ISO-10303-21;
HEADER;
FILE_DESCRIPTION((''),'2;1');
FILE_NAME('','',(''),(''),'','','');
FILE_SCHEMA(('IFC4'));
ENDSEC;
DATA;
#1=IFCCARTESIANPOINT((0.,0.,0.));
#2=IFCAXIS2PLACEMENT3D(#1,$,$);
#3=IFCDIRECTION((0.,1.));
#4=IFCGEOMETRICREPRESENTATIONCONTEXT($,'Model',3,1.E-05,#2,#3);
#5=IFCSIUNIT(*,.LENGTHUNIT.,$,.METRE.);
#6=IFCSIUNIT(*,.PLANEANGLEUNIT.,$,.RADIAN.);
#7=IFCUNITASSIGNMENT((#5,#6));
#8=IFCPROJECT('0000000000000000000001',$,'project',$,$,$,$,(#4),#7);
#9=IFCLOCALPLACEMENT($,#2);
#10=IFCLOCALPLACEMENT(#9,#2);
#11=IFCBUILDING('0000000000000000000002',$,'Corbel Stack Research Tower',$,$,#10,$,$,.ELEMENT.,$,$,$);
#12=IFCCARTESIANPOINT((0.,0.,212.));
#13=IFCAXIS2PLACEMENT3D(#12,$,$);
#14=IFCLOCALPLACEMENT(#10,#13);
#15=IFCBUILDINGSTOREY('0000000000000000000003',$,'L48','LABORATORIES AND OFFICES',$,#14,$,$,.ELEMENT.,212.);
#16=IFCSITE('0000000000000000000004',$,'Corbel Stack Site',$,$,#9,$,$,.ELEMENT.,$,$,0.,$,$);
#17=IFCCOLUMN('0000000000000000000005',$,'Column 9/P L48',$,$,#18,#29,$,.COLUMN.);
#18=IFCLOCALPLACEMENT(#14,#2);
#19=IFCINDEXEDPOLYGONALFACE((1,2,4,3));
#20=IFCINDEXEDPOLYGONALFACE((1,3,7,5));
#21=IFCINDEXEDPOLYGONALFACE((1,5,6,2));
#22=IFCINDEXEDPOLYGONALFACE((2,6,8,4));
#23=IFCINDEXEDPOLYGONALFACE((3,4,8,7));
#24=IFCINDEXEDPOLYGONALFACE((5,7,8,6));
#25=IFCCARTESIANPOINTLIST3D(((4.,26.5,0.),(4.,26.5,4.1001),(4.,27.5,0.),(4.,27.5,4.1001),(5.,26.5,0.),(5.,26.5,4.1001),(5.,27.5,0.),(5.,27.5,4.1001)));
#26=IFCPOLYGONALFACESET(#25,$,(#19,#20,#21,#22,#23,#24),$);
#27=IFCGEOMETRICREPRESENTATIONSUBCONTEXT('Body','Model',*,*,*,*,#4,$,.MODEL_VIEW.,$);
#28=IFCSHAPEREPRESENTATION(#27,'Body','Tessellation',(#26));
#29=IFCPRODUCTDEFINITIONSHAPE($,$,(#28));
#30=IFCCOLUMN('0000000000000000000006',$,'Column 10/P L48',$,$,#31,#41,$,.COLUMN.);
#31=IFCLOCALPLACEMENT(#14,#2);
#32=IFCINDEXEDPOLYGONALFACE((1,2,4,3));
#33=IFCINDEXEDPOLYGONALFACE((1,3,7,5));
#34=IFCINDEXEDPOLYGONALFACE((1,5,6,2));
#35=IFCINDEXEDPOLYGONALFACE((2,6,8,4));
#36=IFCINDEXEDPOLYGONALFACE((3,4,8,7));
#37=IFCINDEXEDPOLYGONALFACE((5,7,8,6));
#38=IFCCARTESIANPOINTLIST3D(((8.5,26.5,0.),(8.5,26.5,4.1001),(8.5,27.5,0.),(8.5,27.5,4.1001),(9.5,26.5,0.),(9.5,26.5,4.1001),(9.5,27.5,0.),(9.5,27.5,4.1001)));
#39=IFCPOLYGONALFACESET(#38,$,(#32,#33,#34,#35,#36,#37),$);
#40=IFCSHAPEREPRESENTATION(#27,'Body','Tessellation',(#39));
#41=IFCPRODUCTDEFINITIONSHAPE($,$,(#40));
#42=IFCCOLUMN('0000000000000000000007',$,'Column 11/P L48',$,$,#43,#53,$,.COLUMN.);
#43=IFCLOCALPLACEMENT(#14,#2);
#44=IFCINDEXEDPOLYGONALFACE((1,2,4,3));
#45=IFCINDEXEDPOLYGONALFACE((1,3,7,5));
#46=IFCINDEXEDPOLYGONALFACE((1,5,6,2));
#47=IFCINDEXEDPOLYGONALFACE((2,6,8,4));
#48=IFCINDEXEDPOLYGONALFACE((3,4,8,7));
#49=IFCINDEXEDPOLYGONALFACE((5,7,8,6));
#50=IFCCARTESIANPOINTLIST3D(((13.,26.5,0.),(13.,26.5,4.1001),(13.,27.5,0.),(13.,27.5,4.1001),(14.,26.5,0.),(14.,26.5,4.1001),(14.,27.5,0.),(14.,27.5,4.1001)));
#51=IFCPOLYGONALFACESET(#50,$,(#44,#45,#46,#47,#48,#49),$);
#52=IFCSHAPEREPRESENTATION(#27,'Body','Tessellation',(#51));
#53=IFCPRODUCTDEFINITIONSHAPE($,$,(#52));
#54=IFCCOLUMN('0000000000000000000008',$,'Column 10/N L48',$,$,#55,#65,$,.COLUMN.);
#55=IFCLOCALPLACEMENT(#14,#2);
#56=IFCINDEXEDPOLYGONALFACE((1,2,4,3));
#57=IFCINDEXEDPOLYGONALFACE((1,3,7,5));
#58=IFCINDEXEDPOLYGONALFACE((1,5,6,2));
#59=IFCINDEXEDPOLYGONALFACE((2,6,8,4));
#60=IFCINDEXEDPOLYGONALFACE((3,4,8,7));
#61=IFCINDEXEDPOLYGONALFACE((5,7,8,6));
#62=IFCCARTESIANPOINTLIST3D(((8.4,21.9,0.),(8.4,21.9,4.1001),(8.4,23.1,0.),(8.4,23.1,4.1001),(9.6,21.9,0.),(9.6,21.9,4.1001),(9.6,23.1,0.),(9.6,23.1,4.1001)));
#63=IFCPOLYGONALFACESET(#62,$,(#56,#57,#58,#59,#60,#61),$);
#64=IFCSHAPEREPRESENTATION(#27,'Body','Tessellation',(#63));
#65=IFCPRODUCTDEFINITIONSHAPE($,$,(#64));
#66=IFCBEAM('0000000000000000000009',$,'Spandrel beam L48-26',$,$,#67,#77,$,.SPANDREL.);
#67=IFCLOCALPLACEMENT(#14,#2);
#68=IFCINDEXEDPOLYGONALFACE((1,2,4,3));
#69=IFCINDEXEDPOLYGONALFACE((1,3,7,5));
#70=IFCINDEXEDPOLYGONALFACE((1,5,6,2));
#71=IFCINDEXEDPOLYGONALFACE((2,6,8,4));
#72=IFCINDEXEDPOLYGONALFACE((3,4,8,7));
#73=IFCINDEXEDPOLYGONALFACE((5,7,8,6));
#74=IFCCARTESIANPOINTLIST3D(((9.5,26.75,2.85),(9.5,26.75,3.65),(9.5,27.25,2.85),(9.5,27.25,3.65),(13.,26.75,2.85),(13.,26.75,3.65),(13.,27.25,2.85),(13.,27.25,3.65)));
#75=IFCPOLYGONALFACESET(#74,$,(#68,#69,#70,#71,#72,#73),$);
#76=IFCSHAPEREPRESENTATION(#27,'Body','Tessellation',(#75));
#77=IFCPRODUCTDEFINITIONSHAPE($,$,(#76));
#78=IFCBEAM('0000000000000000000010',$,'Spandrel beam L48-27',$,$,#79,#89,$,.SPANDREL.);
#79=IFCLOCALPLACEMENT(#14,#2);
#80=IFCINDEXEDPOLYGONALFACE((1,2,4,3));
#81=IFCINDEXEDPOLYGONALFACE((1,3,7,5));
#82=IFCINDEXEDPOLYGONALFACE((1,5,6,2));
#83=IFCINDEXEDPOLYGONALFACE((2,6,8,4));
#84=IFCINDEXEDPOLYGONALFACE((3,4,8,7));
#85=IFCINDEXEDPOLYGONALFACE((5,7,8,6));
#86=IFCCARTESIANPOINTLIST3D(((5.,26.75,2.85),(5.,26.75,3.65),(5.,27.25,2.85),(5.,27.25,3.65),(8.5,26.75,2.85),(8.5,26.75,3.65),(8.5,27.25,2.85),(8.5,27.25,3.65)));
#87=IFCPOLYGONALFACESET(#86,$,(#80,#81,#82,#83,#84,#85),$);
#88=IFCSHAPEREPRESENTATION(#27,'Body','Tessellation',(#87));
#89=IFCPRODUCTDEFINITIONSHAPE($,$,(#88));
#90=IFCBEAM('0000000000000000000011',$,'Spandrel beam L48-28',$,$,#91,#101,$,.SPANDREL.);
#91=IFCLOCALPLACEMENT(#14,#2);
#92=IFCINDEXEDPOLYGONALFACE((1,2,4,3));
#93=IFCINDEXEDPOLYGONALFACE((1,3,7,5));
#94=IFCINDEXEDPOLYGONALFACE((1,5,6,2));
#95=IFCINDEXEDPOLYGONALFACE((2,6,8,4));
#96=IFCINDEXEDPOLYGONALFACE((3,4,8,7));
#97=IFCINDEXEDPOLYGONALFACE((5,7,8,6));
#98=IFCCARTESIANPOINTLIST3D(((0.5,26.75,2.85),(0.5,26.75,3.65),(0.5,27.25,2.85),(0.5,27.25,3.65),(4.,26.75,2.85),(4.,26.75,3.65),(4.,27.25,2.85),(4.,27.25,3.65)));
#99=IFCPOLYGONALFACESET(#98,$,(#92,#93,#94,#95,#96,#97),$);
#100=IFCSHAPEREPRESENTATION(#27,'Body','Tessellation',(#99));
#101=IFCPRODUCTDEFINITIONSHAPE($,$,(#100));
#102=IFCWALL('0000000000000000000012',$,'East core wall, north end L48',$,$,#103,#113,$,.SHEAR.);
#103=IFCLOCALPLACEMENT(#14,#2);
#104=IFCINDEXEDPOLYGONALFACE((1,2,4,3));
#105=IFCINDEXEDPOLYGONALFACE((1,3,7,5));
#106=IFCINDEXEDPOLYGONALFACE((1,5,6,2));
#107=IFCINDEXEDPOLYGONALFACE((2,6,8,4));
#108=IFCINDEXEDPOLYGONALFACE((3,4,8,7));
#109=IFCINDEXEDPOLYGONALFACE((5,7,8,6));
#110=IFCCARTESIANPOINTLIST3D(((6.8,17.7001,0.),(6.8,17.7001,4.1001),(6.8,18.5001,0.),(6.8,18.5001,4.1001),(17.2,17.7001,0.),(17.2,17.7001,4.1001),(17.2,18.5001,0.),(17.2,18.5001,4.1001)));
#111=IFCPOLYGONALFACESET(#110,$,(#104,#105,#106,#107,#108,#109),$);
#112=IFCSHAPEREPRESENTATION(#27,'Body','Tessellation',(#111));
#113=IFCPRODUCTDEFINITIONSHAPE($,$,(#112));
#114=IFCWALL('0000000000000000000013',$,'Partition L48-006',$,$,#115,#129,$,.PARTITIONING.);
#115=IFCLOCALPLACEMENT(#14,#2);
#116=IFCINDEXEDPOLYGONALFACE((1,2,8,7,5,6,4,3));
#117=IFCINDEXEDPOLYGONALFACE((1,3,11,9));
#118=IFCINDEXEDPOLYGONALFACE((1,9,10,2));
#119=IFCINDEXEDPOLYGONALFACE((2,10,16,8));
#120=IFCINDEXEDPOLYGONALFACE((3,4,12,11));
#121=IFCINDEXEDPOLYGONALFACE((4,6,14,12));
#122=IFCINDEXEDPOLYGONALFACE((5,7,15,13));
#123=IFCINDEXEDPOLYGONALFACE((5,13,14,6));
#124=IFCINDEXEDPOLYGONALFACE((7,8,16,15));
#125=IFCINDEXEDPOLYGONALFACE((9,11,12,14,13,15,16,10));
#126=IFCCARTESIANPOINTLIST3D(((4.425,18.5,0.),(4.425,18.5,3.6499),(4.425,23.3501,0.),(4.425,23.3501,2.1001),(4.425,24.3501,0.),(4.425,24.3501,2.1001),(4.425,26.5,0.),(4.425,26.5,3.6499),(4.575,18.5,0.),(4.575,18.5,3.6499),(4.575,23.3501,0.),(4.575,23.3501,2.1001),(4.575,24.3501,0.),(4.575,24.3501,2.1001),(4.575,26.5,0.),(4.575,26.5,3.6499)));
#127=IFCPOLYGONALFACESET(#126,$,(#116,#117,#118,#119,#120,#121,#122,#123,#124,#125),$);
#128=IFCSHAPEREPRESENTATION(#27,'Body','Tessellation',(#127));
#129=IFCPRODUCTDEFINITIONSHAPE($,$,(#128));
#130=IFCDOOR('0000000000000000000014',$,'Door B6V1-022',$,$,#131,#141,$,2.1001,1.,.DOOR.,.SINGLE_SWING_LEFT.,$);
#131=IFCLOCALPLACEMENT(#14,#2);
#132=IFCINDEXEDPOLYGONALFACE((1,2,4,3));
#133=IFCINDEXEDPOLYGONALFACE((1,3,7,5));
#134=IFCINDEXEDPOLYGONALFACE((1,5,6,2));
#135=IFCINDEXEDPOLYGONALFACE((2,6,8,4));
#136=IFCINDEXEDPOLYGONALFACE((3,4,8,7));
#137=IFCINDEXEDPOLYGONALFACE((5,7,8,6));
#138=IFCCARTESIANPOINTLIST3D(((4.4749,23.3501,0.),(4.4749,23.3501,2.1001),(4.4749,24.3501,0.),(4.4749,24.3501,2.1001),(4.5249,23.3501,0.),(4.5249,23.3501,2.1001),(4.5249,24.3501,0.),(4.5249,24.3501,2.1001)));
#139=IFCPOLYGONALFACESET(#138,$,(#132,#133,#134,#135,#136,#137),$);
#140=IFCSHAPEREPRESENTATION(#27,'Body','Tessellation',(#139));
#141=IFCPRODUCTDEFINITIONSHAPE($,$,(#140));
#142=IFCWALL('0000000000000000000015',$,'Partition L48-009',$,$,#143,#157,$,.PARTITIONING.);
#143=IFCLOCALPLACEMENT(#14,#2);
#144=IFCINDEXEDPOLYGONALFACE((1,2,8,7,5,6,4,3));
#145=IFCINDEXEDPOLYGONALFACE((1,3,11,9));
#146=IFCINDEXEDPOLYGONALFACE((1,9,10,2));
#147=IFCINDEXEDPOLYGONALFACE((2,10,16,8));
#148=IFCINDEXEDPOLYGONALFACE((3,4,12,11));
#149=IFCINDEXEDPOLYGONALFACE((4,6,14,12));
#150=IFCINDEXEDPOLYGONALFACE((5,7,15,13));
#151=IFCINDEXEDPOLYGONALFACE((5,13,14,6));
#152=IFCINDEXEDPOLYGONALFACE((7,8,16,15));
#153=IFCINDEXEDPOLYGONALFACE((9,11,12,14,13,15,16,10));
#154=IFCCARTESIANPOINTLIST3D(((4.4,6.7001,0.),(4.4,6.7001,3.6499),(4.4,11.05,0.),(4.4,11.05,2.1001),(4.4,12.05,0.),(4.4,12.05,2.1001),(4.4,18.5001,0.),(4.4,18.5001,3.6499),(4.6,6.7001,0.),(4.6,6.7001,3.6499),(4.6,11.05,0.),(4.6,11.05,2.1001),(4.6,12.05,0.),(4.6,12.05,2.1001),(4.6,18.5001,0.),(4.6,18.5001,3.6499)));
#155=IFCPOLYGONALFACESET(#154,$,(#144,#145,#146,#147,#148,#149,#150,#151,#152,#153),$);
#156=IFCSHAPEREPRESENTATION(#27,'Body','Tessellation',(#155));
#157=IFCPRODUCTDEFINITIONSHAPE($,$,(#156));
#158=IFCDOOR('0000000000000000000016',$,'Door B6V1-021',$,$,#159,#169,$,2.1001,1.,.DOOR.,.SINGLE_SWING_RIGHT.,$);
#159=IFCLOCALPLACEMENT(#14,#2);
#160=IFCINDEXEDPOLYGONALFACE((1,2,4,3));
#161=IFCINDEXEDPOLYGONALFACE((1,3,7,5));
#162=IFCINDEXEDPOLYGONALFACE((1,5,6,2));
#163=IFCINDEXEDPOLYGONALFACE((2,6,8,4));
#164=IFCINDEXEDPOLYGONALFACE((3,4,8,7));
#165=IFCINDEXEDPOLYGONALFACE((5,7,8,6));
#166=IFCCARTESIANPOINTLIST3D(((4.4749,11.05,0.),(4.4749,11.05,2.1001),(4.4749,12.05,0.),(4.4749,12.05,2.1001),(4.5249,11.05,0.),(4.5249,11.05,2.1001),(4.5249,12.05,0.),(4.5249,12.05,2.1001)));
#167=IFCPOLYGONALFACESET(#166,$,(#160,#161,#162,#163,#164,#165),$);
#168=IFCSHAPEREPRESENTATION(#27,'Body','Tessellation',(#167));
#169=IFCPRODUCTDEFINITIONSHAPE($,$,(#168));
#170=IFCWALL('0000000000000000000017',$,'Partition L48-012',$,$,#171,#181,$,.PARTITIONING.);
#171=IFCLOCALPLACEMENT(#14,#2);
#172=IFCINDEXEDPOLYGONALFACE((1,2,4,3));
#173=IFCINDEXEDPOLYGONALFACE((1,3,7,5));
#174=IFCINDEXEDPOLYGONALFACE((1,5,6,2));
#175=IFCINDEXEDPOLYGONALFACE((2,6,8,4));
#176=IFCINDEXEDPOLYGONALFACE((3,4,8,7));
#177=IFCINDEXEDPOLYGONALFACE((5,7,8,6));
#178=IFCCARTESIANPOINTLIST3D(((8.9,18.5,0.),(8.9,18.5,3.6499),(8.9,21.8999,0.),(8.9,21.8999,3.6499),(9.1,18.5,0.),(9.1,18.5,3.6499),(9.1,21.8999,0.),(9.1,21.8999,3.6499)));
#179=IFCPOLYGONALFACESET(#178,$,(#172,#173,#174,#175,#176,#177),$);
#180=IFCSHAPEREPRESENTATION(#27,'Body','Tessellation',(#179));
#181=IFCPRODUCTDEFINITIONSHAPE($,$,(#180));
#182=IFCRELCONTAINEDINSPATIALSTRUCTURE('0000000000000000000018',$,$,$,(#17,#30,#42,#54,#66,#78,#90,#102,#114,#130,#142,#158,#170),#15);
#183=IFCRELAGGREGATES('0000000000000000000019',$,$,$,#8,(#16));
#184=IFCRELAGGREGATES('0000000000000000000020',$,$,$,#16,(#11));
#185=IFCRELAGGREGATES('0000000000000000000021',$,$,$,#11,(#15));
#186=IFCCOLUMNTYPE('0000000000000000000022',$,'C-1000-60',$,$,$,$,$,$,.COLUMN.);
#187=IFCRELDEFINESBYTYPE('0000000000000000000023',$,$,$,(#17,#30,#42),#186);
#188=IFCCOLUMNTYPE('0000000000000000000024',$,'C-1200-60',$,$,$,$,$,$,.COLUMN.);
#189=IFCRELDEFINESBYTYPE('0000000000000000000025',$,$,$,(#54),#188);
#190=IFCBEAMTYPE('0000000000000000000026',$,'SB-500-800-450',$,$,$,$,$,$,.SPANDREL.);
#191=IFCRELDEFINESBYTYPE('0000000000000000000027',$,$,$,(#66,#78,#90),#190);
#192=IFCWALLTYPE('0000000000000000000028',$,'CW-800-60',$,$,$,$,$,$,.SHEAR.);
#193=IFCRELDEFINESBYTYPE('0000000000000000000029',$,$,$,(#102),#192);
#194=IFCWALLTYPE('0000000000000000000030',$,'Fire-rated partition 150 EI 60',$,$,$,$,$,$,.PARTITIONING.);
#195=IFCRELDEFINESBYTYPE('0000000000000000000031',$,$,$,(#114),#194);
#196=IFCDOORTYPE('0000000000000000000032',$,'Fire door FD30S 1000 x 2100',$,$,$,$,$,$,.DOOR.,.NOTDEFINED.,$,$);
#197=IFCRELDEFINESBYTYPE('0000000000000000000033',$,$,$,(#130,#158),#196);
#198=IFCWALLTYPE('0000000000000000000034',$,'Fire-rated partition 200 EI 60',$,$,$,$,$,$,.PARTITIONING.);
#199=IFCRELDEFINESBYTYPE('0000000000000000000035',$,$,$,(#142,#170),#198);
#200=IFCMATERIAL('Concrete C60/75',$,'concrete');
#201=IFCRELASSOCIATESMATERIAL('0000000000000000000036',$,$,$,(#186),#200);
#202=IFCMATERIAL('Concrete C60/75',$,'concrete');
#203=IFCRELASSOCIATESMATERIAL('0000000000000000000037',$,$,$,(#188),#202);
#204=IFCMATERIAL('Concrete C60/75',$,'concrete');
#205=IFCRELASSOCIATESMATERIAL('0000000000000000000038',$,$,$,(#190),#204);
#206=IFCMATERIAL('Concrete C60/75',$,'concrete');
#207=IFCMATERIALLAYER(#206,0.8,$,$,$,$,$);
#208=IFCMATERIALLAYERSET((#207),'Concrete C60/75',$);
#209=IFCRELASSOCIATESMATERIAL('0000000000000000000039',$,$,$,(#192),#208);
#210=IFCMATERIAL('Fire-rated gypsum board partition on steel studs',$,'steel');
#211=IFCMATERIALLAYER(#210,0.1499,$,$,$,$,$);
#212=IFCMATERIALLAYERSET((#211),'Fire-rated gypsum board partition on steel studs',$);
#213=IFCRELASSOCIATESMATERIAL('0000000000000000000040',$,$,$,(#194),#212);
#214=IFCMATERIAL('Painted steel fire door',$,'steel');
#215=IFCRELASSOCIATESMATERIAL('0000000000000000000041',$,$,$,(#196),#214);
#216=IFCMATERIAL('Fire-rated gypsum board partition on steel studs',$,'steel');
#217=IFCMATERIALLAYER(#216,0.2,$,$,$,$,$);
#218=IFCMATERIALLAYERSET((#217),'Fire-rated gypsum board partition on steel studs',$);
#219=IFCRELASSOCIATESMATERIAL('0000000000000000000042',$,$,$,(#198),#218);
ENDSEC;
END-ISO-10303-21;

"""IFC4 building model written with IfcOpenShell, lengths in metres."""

from ifc_helpers import new_model, si_unit, direction, frame, frame_2d, origin, origin_2d, place, context, subcontext, project, spatial, rectangle, extrude, material, layer, layer_set, material_profile, profile_set, type_object, element, fill, save


model = new_model("IFC4")

# Units and contexts
model_context = context("Model", 3, precision=1e-05, world=origin(), true_north=direction((0.0, 1.0)))
body_context = subcontext(model_context, "Body", "Model", "MODEL_VIEW")
ifc_project = project(units=[si_unit("LENGTHUNIT", "METRE"), si_unit("PLANEANGLEUNIT", "RADIAN")], contexts=[model_context])

# Site, building, storey
site_placement = place(None, origin())
site = spatial("IfcSite", under=ifc_project, at=site_placement, Name="Corbel Stack Site", CompositionType="ELEMENT", RefElevation=0.0)
building_placement = place(site_placement, origin())
building = spatial("IfcBuilding", under=site, at=building_placement, Name="Corbel Stack Research Tower", CompositionType="ELEMENT")
storey_placement = place(building_placement, frame((0.0, 0.0, 212.0)))
storey = spatial("IfcBuildingStorey", under=building, at=storey_placement, Name="L48", Description="LABORATORIES AND OFFICES", CompositionType="ELEMENT", Elevation=212.0)

# Columns
ifc_material_1 = material(Name="Concrete C60/75", Category="concrete")
ifc_material_profile_1 = material_profile(ifc_material_1, rectangle(XDim=1.0, YDim=1.0, at=origin_2d()), Name="RC 1000 x 1000")
ifc_profile_set_1 = profile_set([ifc_material_profile_1], Name="Concrete C60/75")
column_type_1 = type_object("IfcColumnType", Name="C-1000-60", PredefinedType="COLUMN", material=ifc_profile_set_1)
for number, where, z_axis, x_axis, name in (
    (1, (4.5, 27.0, 0.0), (0.0, 0.0, 1.0), (1.0, 0.0, 0.0), "Column 9/P L48"),
    (2, (9.0, 27.0, 0.0), (0.0, 0.0, 1.0), (1.0, 0.0, 0.0), "Column 10/P L48"),
    (3, (13.5, 27.0, 0.0), (0.0, 0.0, 1.0), (1.0, 0.0, 0.0), "Column 11/P L48"),
):
    element("IfcColumn", number, at=place(storey_placement, frame(where, z_axis=z_axis, x_axis=x_axis)), inside=storey, type_object=column_type_1, Name=name, PredefinedType="COLUMN", context=body_context, shape_type="SweptSolid", body=[
        extrude(rectangle(XDim=1.0, YDim=1.0, at=origin_2d()), origin(), (0.0, 0.0, 1.0), 4.1001),
    ])
ifc_material_2 = material(Name="Concrete C60/75", Category="concrete")
ifc_material_profile_2 = material_profile(ifc_material_2, rectangle(XDim=1.2, YDim=1.2, at=origin_2d()), Name="RC 1200 x 1200")
ifc_profile_set_2 = profile_set([ifc_material_profile_2], Name="Concrete C60/75")
column_type_2 = type_object("IfcColumnType", Name="C-1200-60", PredefinedType="COLUMN", material=ifc_profile_set_2)
column_placement = place(storey_placement, frame((9.0, 22.5, 0.0), z_axis=(0.0, 0.0, 1.0), x_axis=(1.0, 0.0, 0.0)))
element("IfcColumn", 4, at=column_placement, inside=storey, type_object=column_type_2, Name="Column 10/N L48", PredefinedType="COLUMN", context=body_context, shape_type="SweptSolid", body=[
    extrude(rectangle(XDim=1.2, YDim=1.2, at=origin_2d()), origin(), (0.0, 0.0, 1.0), 4.1001),
])

# Beams
ifc_material_3 = material(Name="Concrete C60/75", Category="concrete")
ifc_material_profile_3 = material_profile(ifc_material_3, rectangle(XDim=0.5, YDim=0.8, at=origin_2d()), Name="RC 500 x 800")
ifc_profile_set_3 = profile_set([ifc_material_profile_3], Name="Concrete C60/75")
beam_type = type_object("IfcBeamType", Name="SB-500-800-450", PredefinedType="SPANDREL", material=ifc_profile_set_3)
for number, where, z_axis, x_axis, name in (
    (5, (13.0, 27.0, 3.25), (-1.0, 0.0, 0.0), (0.0, -1.0, 0.0), "Spandrel beam L48-26"),
    (6, (8.5, 27.0, 3.25), (-1.0, 0.0, 0.0), (0.0, -1.0, 0.0), "Spandrel beam L48-27"),
    (7, (4.0, 27.0, 3.25), (-1.0, 0.0, 0.0), (0.0, -1.0, 0.0), "Spandrel beam L48-28"),
):
    element("IfcBeam", number, at=place(storey_placement, frame(where, z_axis=z_axis, x_axis=x_axis)), inside=storey, type_object=beam_type, Name=name, PredefinedType="SPANDREL", context=body_context, shape_type="SweptSolid", body=[
        extrude(rectangle(XDim=0.5, YDim=0.8, at=origin_2d()), origin(), (0.0, 0.0, 1.0), 3.5),
    ])

# Wall
ifc_material_4 = material(Name="Concrete C60/75", Category="concrete")
ifc_layer_1 = layer(ifc_material_4, 0.8)
ifc_layer_set_1 = layer_set([ifc_layer_1], Name="Concrete C60/75")
wall_type_1 = type_object("IfcWallType", Name="CW-800-60", PredefinedType="SHEAR", material=ifc_layer_set_1)
wall_1_placement = place(storey_placement, frame((6.8, 18.1001, 0.0), z_axis=(0.0, 0.0, 1.0), x_axis=(1.0, 0.0, 0.0)))
element("IfcWall", 8, at=wall_1_placement, inside=storey, type_object=wall_type_1, Name="East core wall, north end L48", PredefinedType="SHEAR", context=body_context, shape_type="SweptSolid", body=[
    extrude(rectangle(XDim=10.3999, YDim=0.8, at=frame_2d((5.2, 0.0))), origin(), (0.0, 0.0, 1.0), 4.1001),
])

# Walls, openings, doors
ifc_material_5 = material(Name="Fire-rated gypsum board partition on steel studs", Category="steel")
ifc_layer_2 = layer(ifc_material_5, 0.1499)
ifc_layer_set_2 = layer_set([ifc_layer_2], Name="Fire-rated gypsum board partition on steel studs")
wall_type_2 = type_object("IfcWallType", Name="Fire-rated partition 150 EI 60", PredefinedType="PARTITIONING", material=ifc_layer_set_2)
wall_2_placement = place(storey_placement, frame((4.5, 26.5, 0.0), z_axis=(0.0, 0.0, 1.0), x_axis=(0.0, -1.0, 0.0)))
wall_2 = element("IfcWall", 9, at=wall_2_placement, inside=storey, type_object=wall_type_2, Name="Partition L48-006", PredefinedType="PARTITIONING", context=body_context, shape_type="SweptSolid", body=[
    extrude(rectangle(XDim=8.0, YDim=0.1499, at=frame_2d((4.0, 0.0))), origin(), (0.0, 0.0, 1.0), 3.6499),
])
opening_1_placement = place(wall_2_placement, frame((2.1499, 0.0, 0.0)))
opening_1 = element("IfcOpeningElement", 10, at=opening_1_placement, cuts=wall_2, PredefinedType="OPENING", context=body_context, shape_type="SweptSolid", body=[
    extrude(rectangle(XDim=1.0, YDim=2.1001, at=frame_2d((0.5, 1.05))), frame((0.0, 0.085, 0.0), z_axis=(0.0, -1.0, 0.0), x_axis=(1.0, 0.0, 0.0)), (0.0, 0.0, 1.0), 0.1699),
])
ifc_material_6 = material(Name="Painted steel fire door", Category="steel")
door_type = type_object("IfcDoorType", Name="Fire door FD30S 1000 x 2100", OperationType="NOTDEFINED", PredefinedType="DOOR", material=ifc_material_6)
door_1_placement = place(opening_1_placement, origin())
door_1 = element("IfcDoor", 11, at=door_1_placement, inside=storey, type_object=door_type, Name="Door B6V1-022", OperationType="SINGLE_SWING_LEFT", OverallHeight=2.1001, OverallWidth=1.0, PredefinedType="DOOR", context=body_context, shape_type="SweptSolid", body=[
    extrude(rectangle(XDim=1.0, YDim=2.1001, at=frame_2d((0.5, 1.05))), frame((0.0, 0.0249, 0.0), z_axis=(0.0, -1.0, 0.0), x_axis=(1.0, 0.0, 0.0)), (0.0, 0.0, 1.0), 0.05),
])
fill(opening_1, door_1)
ifc_material_7 = material(Name="Fire-rated gypsum board partition on steel studs", Category="steel")
ifc_layer_3 = layer(ifc_material_7, 0.2)
ifc_layer_set_3 = layer_set([ifc_layer_3], Name="Fire-rated gypsum board partition on steel studs")
wall_type_3 = type_object("IfcWallType", Name="Fire-rated partition 200 EI 60", PredefinedType="PARTITIONING", material=ifc_layer_set_3)
wall_3_placement = place(storey_placement, frame((4.5, 18.5, 0.0), z_axis=(0.0, 0.0, 1.0), x_axis=(0.0, -1.0, 0.0)))
wall_3 = element("IfcWall", 12, at=wall_3_placement, inside=storey, type_object=wall_type_3, Name="Partition L48-009", PredefinedType="PARTITIONING", context=body_context, shape_type="SweptSolid", body=[
    extrude(rectangle(XDim=11.8, YDim=0.2, at=frame_2d((5.8999, 0.0))), origin(), (0.0, 0.0, 1.0), 3.6499),
])
opening_2_placement = place(wall_3_placement, frame((6.45, 0.0, 0.0)))
opening_2 = element("IfcOpeningElement", 13, at=opening_2_placement, cuts=wall_3, PredefinedType="OPENING", context=body_context, shape_type="SweptSolid", body=[
    extrude(rectangle(XDim=1.0, YDim=2.1001, at=frame_2d((0.5, 1.05))), frame((0.0, 0.1099, 0.0), z_axis=(0.0, -1.0, 0.0), x_axis=(1.0, 0.0, 0.0)), (0.0, 0.0, 1.0), 0.22),
])
door_2_placement = place(opening_2_placement, origin())
door_2 = element("IfcDoor", 14, at=door_2_placement, inside=storey, type_object=door_type, Name="Door B6V1-021", OperationType="SINGLE_SWING_RIGHT", OverallHeight=2.1001, OverallWidth=1.0, PredefinedType="DOOR", context=body_context, shape_type="SweptSolid", body=[
    extrude(rectangle(XDim=1.0, YDim=2.1001, at=frame_2d((0.5, 1.05))), frame((0.0, 0.0249, 0.0), z_axis=(0.0, -1.0, 0.0), x_axis=(1.0, 0.0, 0.0)), (0.0, 0.0, 1.0), 0.05),
])
fill(opening_2, door_2)

# Wall
for number, where, z_axis, x_axis, name in (
    (15, (9.0, 18.5, 0.0), (0.0, 0.0, 1.0), (0.0, 1.0, 0.0), "Partition L48-012"),
):
    element("IfcWall", number, at=place(storey_placement, frame(where, z_axis=z_axis, x_axis=x_axis)), inside=storey, type_object=wall_type_3, Name=name, PredefinedType="PARTITIONING", context=body_context, shape_type="SweptSolid", body=[
        extrude(rectangle(XDim=3.3999, YDim=0.2, at=frame_2d((1.7, 0.0))), origin(), (0.0, 0.0, 1.0), 3.6499),
    ])

save(model, "model.ifc")
